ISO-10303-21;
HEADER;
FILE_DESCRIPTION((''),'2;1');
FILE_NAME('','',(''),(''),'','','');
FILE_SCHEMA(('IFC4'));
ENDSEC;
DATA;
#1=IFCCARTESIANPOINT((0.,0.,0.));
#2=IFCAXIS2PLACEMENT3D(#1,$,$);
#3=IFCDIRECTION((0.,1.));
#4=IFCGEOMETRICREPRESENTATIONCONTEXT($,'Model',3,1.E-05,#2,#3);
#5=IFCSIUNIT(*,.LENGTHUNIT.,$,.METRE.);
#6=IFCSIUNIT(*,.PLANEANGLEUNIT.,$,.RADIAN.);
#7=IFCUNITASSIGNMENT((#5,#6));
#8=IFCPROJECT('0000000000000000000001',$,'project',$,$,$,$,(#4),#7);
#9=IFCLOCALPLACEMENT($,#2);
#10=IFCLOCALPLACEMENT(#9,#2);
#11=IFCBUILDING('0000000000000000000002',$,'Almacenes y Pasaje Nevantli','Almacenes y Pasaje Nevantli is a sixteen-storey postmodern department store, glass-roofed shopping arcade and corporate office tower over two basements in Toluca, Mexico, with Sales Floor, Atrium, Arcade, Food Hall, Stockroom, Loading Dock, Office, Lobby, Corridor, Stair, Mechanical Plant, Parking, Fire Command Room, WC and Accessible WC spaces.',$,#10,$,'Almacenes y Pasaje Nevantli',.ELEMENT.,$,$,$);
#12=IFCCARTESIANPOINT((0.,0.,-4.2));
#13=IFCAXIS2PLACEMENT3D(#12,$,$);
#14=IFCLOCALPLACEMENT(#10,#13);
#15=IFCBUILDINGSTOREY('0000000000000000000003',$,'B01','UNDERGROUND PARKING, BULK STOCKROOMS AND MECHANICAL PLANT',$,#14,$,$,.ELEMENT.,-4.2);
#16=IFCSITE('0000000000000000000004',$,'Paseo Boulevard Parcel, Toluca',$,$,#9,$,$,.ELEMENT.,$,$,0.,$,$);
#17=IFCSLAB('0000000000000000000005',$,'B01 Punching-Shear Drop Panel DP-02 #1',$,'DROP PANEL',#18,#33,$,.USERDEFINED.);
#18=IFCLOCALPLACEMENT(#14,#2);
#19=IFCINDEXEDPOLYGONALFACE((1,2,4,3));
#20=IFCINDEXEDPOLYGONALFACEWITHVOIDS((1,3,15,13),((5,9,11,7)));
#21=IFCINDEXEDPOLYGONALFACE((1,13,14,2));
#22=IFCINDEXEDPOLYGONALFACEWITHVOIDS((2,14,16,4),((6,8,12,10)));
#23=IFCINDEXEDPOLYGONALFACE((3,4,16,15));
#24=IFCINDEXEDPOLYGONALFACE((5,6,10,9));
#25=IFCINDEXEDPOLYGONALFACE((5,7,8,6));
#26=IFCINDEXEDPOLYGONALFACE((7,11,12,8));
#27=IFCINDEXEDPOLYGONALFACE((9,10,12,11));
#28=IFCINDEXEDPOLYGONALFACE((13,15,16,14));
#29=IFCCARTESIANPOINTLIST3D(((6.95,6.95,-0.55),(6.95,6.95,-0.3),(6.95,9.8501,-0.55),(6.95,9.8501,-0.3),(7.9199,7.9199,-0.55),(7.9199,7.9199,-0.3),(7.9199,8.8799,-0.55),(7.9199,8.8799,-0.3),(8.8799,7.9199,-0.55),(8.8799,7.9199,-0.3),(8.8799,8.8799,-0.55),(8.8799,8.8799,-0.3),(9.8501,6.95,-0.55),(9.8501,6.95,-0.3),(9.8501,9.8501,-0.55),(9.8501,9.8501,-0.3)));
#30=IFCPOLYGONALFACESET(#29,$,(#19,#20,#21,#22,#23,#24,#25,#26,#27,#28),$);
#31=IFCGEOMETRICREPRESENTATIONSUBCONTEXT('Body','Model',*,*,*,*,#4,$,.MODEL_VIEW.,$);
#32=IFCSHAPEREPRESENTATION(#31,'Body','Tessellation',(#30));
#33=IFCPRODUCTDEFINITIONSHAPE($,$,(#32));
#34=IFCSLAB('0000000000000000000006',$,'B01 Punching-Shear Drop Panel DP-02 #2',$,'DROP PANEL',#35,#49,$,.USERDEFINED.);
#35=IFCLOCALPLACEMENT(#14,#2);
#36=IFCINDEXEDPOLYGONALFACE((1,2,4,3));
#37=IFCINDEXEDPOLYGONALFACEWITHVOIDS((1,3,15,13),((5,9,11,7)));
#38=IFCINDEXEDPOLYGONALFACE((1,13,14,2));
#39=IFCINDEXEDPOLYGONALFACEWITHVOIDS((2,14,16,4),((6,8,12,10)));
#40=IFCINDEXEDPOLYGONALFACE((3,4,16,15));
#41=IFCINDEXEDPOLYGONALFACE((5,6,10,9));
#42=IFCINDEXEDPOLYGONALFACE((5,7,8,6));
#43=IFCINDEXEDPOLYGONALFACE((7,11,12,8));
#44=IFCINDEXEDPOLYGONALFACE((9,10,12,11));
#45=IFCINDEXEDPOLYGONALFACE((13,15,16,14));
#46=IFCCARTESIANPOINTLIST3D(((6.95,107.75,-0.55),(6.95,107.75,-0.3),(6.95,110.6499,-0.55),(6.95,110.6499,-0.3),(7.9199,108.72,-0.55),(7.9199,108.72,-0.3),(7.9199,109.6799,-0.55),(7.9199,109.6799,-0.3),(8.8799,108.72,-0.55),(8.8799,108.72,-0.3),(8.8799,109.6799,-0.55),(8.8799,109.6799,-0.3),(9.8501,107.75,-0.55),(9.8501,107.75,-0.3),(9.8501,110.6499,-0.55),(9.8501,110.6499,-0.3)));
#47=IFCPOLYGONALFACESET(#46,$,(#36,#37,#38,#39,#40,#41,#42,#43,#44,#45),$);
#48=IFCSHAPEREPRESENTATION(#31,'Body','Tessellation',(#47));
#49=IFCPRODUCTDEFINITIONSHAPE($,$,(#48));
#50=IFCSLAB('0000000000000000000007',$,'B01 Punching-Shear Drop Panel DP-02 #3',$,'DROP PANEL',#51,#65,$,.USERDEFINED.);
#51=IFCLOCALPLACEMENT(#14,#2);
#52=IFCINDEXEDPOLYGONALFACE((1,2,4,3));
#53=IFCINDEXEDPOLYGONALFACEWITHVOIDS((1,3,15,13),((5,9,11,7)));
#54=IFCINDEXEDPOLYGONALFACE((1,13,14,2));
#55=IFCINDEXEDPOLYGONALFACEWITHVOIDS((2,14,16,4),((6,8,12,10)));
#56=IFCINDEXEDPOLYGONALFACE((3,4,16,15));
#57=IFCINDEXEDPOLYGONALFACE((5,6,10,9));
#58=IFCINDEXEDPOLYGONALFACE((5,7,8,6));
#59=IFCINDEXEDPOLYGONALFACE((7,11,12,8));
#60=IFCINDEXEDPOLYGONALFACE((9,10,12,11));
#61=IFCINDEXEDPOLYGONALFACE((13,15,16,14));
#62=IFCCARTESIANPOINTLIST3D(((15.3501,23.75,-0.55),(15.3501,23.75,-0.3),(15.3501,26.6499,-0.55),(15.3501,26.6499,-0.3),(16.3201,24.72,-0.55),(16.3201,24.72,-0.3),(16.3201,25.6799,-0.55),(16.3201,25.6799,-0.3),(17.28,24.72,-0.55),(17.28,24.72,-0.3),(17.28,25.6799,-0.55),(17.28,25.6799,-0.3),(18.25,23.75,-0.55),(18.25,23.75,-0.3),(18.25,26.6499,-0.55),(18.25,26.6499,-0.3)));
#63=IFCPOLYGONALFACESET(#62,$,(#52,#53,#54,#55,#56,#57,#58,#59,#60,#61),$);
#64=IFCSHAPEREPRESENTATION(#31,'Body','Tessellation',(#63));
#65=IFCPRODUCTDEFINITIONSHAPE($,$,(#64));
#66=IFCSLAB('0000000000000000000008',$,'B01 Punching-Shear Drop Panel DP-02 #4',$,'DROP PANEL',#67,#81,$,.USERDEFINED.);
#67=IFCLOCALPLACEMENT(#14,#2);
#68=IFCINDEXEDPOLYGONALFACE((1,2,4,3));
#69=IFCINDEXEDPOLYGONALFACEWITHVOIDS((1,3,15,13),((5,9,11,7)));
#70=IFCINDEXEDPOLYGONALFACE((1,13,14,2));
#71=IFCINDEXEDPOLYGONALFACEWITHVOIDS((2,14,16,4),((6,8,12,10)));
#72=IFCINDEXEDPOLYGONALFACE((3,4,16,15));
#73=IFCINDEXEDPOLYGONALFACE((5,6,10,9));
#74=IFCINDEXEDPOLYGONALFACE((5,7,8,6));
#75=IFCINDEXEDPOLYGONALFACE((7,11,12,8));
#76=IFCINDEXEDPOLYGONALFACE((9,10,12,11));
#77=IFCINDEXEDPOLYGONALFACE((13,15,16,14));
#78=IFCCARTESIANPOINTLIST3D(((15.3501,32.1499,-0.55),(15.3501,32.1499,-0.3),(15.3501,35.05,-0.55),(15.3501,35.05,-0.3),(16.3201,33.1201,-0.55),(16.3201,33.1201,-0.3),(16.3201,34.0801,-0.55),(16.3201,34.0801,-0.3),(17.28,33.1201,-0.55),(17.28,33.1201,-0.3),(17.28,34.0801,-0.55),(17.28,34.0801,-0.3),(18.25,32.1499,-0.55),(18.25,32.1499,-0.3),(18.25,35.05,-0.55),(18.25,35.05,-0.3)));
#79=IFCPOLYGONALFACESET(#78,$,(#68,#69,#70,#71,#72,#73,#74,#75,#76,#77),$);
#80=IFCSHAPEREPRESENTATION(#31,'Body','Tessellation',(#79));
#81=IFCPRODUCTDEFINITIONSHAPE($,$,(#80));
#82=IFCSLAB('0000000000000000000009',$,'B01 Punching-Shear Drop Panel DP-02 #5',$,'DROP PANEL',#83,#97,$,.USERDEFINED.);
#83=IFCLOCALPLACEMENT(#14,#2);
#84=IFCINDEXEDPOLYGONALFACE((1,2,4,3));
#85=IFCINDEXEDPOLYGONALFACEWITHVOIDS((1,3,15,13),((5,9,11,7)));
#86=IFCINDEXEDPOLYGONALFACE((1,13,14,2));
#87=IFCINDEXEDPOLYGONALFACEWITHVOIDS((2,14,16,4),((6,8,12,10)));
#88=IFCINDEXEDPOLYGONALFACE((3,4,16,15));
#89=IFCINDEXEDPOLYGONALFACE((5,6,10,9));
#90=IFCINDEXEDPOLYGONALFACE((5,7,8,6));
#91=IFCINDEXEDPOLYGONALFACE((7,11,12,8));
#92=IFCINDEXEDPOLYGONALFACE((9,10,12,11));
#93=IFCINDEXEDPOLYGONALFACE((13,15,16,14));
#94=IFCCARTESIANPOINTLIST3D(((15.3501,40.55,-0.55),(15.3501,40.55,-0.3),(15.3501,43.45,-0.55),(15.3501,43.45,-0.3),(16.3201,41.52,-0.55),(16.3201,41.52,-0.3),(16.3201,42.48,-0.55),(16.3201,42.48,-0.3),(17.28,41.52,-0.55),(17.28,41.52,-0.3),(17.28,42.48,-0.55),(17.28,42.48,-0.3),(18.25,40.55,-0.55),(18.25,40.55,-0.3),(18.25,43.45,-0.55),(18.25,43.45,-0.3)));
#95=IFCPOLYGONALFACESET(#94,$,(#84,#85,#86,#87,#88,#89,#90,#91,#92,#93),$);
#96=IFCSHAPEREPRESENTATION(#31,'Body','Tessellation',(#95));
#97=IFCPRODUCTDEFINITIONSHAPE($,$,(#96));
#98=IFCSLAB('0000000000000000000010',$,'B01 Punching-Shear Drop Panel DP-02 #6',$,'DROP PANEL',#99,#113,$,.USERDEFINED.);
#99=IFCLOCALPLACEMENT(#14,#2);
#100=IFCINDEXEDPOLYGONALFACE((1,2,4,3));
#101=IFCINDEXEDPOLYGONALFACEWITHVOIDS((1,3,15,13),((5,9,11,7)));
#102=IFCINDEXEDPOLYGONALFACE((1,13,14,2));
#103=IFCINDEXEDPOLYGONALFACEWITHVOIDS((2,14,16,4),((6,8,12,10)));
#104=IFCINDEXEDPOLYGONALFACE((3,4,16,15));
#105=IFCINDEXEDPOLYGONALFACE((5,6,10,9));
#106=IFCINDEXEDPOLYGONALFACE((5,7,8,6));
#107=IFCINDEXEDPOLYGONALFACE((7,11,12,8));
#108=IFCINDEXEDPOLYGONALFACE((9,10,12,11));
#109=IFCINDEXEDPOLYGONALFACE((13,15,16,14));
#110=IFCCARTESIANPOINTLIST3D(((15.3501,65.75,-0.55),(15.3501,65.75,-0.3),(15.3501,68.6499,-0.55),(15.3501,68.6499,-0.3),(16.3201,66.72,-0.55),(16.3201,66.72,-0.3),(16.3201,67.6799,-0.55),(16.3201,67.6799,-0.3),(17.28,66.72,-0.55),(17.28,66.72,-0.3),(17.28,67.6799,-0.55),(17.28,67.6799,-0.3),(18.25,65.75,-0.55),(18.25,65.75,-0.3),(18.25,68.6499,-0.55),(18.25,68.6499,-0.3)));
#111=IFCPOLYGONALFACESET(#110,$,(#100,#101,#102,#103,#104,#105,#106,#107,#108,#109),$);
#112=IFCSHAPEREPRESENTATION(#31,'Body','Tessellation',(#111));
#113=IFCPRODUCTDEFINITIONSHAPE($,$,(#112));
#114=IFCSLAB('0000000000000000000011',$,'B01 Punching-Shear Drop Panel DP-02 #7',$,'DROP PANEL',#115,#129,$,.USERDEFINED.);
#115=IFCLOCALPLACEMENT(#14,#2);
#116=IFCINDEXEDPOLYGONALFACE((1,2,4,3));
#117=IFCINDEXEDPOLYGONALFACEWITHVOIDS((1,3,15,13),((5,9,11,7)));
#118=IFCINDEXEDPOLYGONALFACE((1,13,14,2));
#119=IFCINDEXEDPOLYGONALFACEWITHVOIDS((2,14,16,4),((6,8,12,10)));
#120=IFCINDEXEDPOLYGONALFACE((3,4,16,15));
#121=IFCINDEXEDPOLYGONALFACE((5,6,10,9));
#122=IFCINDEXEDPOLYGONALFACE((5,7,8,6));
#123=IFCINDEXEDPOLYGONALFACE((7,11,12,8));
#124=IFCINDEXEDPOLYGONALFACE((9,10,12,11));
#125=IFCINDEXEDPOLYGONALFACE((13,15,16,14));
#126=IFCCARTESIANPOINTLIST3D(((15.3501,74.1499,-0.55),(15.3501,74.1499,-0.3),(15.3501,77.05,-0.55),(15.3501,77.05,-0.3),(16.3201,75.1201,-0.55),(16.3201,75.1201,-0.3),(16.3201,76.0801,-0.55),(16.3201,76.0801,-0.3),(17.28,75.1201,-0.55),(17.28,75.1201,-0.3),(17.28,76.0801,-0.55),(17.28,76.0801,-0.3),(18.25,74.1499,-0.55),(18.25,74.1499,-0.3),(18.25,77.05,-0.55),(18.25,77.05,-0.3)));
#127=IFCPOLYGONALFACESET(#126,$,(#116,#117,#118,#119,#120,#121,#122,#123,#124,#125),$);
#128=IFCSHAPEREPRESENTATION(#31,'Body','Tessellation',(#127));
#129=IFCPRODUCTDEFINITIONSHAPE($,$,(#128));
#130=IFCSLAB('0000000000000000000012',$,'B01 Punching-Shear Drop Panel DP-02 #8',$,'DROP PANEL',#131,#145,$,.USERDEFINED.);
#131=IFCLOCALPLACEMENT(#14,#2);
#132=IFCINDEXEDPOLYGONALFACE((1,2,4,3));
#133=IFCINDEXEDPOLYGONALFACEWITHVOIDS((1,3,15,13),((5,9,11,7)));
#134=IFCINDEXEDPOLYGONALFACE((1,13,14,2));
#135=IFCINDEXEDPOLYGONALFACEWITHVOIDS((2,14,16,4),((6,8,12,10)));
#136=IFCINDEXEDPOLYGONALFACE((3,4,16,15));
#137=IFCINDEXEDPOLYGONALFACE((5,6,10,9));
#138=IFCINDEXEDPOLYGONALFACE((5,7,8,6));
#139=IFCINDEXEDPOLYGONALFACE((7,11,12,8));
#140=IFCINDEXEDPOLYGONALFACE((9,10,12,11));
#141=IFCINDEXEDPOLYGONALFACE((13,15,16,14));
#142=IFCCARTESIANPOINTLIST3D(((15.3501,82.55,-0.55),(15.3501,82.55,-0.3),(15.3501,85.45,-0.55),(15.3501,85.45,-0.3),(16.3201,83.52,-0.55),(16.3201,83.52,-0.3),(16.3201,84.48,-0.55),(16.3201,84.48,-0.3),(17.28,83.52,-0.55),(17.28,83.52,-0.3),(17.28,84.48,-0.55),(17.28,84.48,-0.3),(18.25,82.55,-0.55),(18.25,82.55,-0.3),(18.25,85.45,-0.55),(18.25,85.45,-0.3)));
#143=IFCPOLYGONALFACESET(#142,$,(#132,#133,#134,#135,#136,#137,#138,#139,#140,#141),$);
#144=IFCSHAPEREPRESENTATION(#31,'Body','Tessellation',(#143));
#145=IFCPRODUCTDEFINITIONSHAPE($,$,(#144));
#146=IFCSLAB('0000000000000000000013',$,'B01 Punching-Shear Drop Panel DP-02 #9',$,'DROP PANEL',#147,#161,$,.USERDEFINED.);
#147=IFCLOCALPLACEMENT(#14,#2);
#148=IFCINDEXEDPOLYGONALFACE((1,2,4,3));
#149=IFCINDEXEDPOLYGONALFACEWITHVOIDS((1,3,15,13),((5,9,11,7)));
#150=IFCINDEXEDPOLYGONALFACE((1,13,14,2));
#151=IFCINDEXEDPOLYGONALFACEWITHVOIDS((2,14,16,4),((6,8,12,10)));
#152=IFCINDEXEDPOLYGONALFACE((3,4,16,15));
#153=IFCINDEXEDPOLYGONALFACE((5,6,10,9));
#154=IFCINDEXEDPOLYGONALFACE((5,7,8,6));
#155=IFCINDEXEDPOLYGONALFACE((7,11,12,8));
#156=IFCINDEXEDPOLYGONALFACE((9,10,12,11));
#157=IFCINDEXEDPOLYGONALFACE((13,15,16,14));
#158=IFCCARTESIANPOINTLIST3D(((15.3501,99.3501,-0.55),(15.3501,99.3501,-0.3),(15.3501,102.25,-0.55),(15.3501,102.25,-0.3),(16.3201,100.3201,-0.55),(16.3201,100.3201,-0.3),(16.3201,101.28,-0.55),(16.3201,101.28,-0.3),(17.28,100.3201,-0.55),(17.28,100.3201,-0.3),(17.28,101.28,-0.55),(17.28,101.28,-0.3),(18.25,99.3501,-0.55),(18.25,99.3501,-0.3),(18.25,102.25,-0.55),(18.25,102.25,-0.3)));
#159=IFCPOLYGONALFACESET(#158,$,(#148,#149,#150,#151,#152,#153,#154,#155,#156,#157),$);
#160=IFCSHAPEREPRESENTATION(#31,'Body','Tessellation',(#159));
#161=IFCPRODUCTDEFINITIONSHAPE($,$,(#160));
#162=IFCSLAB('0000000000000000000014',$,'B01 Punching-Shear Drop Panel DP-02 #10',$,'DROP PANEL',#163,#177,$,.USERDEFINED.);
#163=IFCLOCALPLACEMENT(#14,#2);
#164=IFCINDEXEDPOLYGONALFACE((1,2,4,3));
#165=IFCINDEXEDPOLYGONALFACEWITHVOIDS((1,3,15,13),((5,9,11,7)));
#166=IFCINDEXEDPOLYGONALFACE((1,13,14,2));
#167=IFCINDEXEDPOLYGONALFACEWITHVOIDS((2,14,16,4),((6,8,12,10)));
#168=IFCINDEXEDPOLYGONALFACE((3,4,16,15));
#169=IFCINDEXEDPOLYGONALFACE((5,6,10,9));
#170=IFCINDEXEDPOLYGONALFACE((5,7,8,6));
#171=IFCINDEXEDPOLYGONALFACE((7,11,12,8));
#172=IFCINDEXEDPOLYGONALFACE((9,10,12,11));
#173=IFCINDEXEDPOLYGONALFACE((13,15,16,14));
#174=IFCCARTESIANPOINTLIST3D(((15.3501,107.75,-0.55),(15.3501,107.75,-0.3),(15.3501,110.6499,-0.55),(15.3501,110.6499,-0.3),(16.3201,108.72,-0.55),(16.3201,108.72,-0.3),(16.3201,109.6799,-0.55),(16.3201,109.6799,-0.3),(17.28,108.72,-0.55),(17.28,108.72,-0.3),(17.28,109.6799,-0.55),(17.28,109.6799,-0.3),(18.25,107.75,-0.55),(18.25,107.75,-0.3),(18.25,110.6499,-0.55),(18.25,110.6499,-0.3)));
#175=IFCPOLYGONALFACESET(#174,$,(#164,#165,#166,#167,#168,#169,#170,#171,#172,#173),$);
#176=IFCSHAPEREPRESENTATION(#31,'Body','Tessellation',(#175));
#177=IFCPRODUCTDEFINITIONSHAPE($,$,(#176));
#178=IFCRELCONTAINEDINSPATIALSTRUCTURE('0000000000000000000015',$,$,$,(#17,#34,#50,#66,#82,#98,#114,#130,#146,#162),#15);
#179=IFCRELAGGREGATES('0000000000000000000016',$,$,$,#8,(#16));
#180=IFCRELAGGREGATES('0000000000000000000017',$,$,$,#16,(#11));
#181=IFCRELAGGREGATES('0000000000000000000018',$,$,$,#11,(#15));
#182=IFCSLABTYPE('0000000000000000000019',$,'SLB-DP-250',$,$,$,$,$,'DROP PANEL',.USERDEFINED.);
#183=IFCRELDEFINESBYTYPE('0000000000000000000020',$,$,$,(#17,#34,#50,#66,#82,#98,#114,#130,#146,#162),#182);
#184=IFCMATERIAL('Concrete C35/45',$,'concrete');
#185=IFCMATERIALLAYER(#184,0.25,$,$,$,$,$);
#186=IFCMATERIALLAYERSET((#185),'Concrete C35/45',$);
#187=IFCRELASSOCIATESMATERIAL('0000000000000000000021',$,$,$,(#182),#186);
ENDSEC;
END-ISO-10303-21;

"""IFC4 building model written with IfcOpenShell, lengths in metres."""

from ifc_helpers import new_model, si_unit, direction, frame, origin, place, context, subcontext, project, spatial, polyline, outline, extrude, material, layer, layer_set, type_object, element, save


model = new_model("IFC4")

# Units and contexts
model_context = context("Model", 3, precision=1e-05, world=origin(), true_north=direction((0.0, 1.0)))
body_context = subcontext(model_context, "Body", "Model", "MODEL_VIEW")
ifc_project = project(units=[si_unit("LENGTHUNIT", "METRE"), si_unit("PLANEANGLEUNIT", "RADIAN")], contexts=[model_context])

# Site, building, storey
site_placement = place(None, origin())
site = spatial("IfcSite", under=ifc_project, at=site_placement, Name="Paseo Boulevard Parcel, Toluca", CompositionType="ELEMENT", RefElevation=0.0)
building_placement = place(site_placement, origin())
building = spatial("IfcBuilding", under=site, at=building_placement, Name="Almacenes y Pasaje Nevantli", Description="Almacenes y Pasaje Nevantli is a sixteen-storey postmodern department store, glass-roofed shopping arcade and corporate office tower over two basements in Toluca, Mexico, with Sales Floor, Atrium, Arcade, Food Hall, Stockroom, Loading Dock, Office, Lobby, Corridor, Stair, Mechanical Plant, Parking, Fire Command Room, WC and Accessible WC spaces.", LongName="Almacenes y Pasaje Nevantli", CompositionType="ELEMENT")
storey_placement = place(building_placement, frame((0.0, 0.0, -4.2)))
storey = spatial("IfcBuildingStorey", under=building, at=storey_placement, Name="B01", Description="UNDERGROUND PARKING, BULK STOCKROOMS AND MECHANICAL PLANT", CompositionType="ELEMENT", Elevation=-4.2)

# Slabs
ifc_material = material(Name="Concrete C35/45", Category="concrete")
ifc_layer = layer(ifc_material, 0.25)
ifc_layer_set = layer_set([ifc_layer], Name="Concrete C35/45")
slab_type = type_object("IfcSlabType", Name="SLB-DP-250", ElementType="DROP PANEL", PredefinedType="USERDEFINED", material=ifc_layer_set)
slab_1_placement = place(storey_placement, frame((0.0, 0.0, -0.55)))
element("IfcSlab", 1, at=slab_1_placement, inside=storey, type_object=slab_type, Name="B01 Punching-Shear Drop Panel DP-02 #1", ObjectType="DROP PANEL", PredefinedType="USERDEFINED", context=body_context, shape_type="SweptSolid", body=[
    extrude(outline(polyline([(6.95, 6.95), (9.8501, 6.95), (9.8501, 9.8501), (6.95, 9.8501), (6.95, 6.95)]), holes=[polyline([(7.9199, 7.9199), (8.8799, 7.9199), (8.8799, 8.8799), (7.9199, 8.8799), (7.9199, 7.9199)])]), origin(), (0.0, 0.0, 1.0), 0.25),
])
slab_2_placement = place(storey_placement, frame((0.0, 0.0, -0.55)))
element("IfcSlab", 2, at=slab_2_placement, inside=storey, type_object=slab_type, Name="B01 Punching-Shear Drop Panel DP-02 #2", ObjectType="DROP PANEL", PredefinedType="USERDEFINED", context=body_context, shape_type="SweptSolid", body=[
    extrude(outline(polyline([(6.95, 107.75), (9.8501, 107.75), (9.8501, 110.6499), (6.95, 110.6499), (6.95, 107.75)]), holes=[polyline([(7.9199, 108.72), (8.8799, 108.72), (8.8799, 109.6799), (7.9199, 109.6799), (7.9199, 108.72)])]), origin(), (0.0, 0.0, 1.0), 0.25),
])
slab_3_placement = place(storey_placement, frame((0.0, 0.0, -0.55)))
element("IfcSlab", 3, at=slab_3_placement, inside=storey, type_object=slab_type, Name="B01 Punching-Shear Drop Panel DP-02 #3", ObjectType="DROP PANEL", PredefinedType="USERDEFINED", context=body_context, shape_type="SweptSolid", body=[
    extrude(outline(polyline([(15.3501, 23.75), (18.25, 23.75), (18.25, 26.6499), (15.3501, 26.6499), (15.3501, 23.75)]), holes=[polyline([(16.3201, 24.72), (17.28, 24.72), (17.28, 25.6799), (16.3201, 25.6799), (16.3201, 24.72)])]), origin(), (0.0, 0.0, 1.0), 0.25),
])
slab_4_placement = place(storey_placement, frame((0.0, 0.0, -0.55)))
element("IfcSlab", 4, at=slab_4_placement, inside=storey, type_object=slab_type, Name="B01 Punching-Shear Drop Panel DP-02 #4", ObjectType="DROP PANEL", PredefinedType="USERDEFINED", context=body_context, shape_type="SweptSolid", body=[
    extrude(outline(polyline([(15.3501, 32.1499), (18.25, 32.1499), (18.25, 35.05), (15.3501, 35.05), (15.3501, 32.1499)]), holes=[polyline([(16.3201, 33.1201), (17.28, 33.1201), (17.28, 34.0801), (16.3201, 34.0801), (16.3201, 33.1201)])]), origin(), (0.0, 0.0, 1.0), 0.25),
])
slab_5_placement = place(storey_placement, frame((0.0, 0.0, -0.55)))
element("IfcSlab", 5, at=slab_5_placement, inside=storey, type_object=slab_type, Name="B01 Punching-Shear Drop Panel DP-02 #5", ObjectType="DROP PANEL", PredefinedType="USERDEFINED", context=body_context, shape_type="SweptSolid", body=[
    extrude(outline(polyline([(15.3501, 40.55), (18.25, 40.55), (18.25, 43.45), (15.3501, 43.45), (15.3501, 40.55)]), holes=[polyline([(16.3201, 41.52), (17.28, 41.52), (17.28, 42.48), (16.3201, 42.48), (16.3201, 41.52)])]), origin(), (0.0, 0.0, 1.0), 0.25),
])
slab_6_placement = place(storey_placement, frame((0.0, 0.0, -0.55)))
element("IfcSlab", 6, at=slab_6_placement, inside=storey, type_object=slab_type, Name="B01 Punching-Shear Drop Panel DP-02 #6", ObjectType="DROP PANEL", PredefinedType="USERDEFINED", context=body_context, shape_type="SweptSolid", body=[
    extrude(outline(polyline([(15.3501, 65.75), (18.25, 65.75), (18.25, 68.6499), (15.3501, 68.6499), (15.3501, 65.75)]), holes=[polyline([(16.3201, 66.72), (17.28, 66.72), (17.28, 67.6799), (16.3201, 67.6799), (16.3201, 66.72)])]), origin(), (0.0, 0.0, 1.0), 0.25),
])
slab_7_placement = place(storey_placement, frame((0.0, 0.0, -0.55)))
element("IfcSlab", 7, at=slab_7_placement, inside=storey, type_object=slab_type, Name="B01 Punching-Shear Drop Panel DP-02 #7", ObjectType="DROP PANEL", PredefinedType="USERDEFINED", context=body_context, shape_type="SweptSolid", body=[
    extrude(outline(polyline([(15.3501, 74.1499), (18.25, 74.1499), (18.25, 77.05), (15.3501, 77.05), (15.3501, 74.1499)]), holes=[polyline([(16.3201, 75.1201), (17.28, 75.1201), (17.28, 76.0801), (16.3201, 76.0801), (16.3201, 75.1201)])]), origin(), (0.0, 0.0, 1.0), 0.25),
])
slab_8_placement = place(storey_placement, frame((0.0, 0.0, -0.55)))
element("IfcSlab", 8, at=slab_8_placement, inside=storey, type_object=slab_type, Name="B01 Punching-Shear Drop Panel DP-02 #8", ObjectType="DROP PANEL", PredefinedType="USERDEFINED", context=body_context, shape_type="SweptSolid", body=[
    extrude(outline(polyline([(15.3501, 82.55), (18.25, 82.55), (18.25, 85.45), (15.3501, 85.45), (15.3501, 82.55)]), holes=[polyline([(16.3201, 83.52), (17.28, 83.52), (17.28, 84.48), (16.3201, 84.48), (16.3201, 83.52)])]), origin(), (0.0, 0.0, 1.0), 0.25),
])
slab_9_placement = place(storey_placement, frame((0.0, 0.0, -0.55)))
element("IfcSlab", 9, at=slab_9_placement, inside=storey, type_object=slab_type, Name="B01 Punching-Shear Drop Panel DP-02 #9", ObjectType="DROP PANEL", PredefinedType="USERDEFINED", context=body_context, shape_type="SweptSolid", body=[
    extrude(outline(polyline([(15.3501, 99.3501), (18.25, 99.3501), (18.25, 102.25), (15.3501, 102.25), (15.3501, 99.3501)]), holes=[polyline([(16.3201, 100.3201), (17.28, 100.3201), (17.28, 101.28), (16.3201, 101.28), (16.3201, 100.3201)])]), origin(), (0.0, 0.0, 1.0), 0.25),
])
slab_10_placement = place(storey_placement, frame((0.0, 0.0, -0.55)))
element("IfcSlab", 10, at=slab_10_placement, inside=storey, type_object=slab_type, Name="B01 Punching-Shear Drop Panel DP-02 #10", ObjectType="DROP PANEL", PredefinedType="USERDEFINED", context=body_context, shape_type="SweptSolid", body=[
    extrude(outline(polyline([(15.3501, 107.75), (18.25, 107.75), (18.25, 110.6499), (15.3501, 110.6499), (15.3501, 107.75)]), holes=[polyline([(16.3201, 108.72), (17.28, 108.72), (17.28, 109.6799), (16.3201, 109.6799), (16.3201, 108.72)])]), origin(), (0.0, 0.0, 1.0), 0.25),
])

save(model, "model.ifc")
